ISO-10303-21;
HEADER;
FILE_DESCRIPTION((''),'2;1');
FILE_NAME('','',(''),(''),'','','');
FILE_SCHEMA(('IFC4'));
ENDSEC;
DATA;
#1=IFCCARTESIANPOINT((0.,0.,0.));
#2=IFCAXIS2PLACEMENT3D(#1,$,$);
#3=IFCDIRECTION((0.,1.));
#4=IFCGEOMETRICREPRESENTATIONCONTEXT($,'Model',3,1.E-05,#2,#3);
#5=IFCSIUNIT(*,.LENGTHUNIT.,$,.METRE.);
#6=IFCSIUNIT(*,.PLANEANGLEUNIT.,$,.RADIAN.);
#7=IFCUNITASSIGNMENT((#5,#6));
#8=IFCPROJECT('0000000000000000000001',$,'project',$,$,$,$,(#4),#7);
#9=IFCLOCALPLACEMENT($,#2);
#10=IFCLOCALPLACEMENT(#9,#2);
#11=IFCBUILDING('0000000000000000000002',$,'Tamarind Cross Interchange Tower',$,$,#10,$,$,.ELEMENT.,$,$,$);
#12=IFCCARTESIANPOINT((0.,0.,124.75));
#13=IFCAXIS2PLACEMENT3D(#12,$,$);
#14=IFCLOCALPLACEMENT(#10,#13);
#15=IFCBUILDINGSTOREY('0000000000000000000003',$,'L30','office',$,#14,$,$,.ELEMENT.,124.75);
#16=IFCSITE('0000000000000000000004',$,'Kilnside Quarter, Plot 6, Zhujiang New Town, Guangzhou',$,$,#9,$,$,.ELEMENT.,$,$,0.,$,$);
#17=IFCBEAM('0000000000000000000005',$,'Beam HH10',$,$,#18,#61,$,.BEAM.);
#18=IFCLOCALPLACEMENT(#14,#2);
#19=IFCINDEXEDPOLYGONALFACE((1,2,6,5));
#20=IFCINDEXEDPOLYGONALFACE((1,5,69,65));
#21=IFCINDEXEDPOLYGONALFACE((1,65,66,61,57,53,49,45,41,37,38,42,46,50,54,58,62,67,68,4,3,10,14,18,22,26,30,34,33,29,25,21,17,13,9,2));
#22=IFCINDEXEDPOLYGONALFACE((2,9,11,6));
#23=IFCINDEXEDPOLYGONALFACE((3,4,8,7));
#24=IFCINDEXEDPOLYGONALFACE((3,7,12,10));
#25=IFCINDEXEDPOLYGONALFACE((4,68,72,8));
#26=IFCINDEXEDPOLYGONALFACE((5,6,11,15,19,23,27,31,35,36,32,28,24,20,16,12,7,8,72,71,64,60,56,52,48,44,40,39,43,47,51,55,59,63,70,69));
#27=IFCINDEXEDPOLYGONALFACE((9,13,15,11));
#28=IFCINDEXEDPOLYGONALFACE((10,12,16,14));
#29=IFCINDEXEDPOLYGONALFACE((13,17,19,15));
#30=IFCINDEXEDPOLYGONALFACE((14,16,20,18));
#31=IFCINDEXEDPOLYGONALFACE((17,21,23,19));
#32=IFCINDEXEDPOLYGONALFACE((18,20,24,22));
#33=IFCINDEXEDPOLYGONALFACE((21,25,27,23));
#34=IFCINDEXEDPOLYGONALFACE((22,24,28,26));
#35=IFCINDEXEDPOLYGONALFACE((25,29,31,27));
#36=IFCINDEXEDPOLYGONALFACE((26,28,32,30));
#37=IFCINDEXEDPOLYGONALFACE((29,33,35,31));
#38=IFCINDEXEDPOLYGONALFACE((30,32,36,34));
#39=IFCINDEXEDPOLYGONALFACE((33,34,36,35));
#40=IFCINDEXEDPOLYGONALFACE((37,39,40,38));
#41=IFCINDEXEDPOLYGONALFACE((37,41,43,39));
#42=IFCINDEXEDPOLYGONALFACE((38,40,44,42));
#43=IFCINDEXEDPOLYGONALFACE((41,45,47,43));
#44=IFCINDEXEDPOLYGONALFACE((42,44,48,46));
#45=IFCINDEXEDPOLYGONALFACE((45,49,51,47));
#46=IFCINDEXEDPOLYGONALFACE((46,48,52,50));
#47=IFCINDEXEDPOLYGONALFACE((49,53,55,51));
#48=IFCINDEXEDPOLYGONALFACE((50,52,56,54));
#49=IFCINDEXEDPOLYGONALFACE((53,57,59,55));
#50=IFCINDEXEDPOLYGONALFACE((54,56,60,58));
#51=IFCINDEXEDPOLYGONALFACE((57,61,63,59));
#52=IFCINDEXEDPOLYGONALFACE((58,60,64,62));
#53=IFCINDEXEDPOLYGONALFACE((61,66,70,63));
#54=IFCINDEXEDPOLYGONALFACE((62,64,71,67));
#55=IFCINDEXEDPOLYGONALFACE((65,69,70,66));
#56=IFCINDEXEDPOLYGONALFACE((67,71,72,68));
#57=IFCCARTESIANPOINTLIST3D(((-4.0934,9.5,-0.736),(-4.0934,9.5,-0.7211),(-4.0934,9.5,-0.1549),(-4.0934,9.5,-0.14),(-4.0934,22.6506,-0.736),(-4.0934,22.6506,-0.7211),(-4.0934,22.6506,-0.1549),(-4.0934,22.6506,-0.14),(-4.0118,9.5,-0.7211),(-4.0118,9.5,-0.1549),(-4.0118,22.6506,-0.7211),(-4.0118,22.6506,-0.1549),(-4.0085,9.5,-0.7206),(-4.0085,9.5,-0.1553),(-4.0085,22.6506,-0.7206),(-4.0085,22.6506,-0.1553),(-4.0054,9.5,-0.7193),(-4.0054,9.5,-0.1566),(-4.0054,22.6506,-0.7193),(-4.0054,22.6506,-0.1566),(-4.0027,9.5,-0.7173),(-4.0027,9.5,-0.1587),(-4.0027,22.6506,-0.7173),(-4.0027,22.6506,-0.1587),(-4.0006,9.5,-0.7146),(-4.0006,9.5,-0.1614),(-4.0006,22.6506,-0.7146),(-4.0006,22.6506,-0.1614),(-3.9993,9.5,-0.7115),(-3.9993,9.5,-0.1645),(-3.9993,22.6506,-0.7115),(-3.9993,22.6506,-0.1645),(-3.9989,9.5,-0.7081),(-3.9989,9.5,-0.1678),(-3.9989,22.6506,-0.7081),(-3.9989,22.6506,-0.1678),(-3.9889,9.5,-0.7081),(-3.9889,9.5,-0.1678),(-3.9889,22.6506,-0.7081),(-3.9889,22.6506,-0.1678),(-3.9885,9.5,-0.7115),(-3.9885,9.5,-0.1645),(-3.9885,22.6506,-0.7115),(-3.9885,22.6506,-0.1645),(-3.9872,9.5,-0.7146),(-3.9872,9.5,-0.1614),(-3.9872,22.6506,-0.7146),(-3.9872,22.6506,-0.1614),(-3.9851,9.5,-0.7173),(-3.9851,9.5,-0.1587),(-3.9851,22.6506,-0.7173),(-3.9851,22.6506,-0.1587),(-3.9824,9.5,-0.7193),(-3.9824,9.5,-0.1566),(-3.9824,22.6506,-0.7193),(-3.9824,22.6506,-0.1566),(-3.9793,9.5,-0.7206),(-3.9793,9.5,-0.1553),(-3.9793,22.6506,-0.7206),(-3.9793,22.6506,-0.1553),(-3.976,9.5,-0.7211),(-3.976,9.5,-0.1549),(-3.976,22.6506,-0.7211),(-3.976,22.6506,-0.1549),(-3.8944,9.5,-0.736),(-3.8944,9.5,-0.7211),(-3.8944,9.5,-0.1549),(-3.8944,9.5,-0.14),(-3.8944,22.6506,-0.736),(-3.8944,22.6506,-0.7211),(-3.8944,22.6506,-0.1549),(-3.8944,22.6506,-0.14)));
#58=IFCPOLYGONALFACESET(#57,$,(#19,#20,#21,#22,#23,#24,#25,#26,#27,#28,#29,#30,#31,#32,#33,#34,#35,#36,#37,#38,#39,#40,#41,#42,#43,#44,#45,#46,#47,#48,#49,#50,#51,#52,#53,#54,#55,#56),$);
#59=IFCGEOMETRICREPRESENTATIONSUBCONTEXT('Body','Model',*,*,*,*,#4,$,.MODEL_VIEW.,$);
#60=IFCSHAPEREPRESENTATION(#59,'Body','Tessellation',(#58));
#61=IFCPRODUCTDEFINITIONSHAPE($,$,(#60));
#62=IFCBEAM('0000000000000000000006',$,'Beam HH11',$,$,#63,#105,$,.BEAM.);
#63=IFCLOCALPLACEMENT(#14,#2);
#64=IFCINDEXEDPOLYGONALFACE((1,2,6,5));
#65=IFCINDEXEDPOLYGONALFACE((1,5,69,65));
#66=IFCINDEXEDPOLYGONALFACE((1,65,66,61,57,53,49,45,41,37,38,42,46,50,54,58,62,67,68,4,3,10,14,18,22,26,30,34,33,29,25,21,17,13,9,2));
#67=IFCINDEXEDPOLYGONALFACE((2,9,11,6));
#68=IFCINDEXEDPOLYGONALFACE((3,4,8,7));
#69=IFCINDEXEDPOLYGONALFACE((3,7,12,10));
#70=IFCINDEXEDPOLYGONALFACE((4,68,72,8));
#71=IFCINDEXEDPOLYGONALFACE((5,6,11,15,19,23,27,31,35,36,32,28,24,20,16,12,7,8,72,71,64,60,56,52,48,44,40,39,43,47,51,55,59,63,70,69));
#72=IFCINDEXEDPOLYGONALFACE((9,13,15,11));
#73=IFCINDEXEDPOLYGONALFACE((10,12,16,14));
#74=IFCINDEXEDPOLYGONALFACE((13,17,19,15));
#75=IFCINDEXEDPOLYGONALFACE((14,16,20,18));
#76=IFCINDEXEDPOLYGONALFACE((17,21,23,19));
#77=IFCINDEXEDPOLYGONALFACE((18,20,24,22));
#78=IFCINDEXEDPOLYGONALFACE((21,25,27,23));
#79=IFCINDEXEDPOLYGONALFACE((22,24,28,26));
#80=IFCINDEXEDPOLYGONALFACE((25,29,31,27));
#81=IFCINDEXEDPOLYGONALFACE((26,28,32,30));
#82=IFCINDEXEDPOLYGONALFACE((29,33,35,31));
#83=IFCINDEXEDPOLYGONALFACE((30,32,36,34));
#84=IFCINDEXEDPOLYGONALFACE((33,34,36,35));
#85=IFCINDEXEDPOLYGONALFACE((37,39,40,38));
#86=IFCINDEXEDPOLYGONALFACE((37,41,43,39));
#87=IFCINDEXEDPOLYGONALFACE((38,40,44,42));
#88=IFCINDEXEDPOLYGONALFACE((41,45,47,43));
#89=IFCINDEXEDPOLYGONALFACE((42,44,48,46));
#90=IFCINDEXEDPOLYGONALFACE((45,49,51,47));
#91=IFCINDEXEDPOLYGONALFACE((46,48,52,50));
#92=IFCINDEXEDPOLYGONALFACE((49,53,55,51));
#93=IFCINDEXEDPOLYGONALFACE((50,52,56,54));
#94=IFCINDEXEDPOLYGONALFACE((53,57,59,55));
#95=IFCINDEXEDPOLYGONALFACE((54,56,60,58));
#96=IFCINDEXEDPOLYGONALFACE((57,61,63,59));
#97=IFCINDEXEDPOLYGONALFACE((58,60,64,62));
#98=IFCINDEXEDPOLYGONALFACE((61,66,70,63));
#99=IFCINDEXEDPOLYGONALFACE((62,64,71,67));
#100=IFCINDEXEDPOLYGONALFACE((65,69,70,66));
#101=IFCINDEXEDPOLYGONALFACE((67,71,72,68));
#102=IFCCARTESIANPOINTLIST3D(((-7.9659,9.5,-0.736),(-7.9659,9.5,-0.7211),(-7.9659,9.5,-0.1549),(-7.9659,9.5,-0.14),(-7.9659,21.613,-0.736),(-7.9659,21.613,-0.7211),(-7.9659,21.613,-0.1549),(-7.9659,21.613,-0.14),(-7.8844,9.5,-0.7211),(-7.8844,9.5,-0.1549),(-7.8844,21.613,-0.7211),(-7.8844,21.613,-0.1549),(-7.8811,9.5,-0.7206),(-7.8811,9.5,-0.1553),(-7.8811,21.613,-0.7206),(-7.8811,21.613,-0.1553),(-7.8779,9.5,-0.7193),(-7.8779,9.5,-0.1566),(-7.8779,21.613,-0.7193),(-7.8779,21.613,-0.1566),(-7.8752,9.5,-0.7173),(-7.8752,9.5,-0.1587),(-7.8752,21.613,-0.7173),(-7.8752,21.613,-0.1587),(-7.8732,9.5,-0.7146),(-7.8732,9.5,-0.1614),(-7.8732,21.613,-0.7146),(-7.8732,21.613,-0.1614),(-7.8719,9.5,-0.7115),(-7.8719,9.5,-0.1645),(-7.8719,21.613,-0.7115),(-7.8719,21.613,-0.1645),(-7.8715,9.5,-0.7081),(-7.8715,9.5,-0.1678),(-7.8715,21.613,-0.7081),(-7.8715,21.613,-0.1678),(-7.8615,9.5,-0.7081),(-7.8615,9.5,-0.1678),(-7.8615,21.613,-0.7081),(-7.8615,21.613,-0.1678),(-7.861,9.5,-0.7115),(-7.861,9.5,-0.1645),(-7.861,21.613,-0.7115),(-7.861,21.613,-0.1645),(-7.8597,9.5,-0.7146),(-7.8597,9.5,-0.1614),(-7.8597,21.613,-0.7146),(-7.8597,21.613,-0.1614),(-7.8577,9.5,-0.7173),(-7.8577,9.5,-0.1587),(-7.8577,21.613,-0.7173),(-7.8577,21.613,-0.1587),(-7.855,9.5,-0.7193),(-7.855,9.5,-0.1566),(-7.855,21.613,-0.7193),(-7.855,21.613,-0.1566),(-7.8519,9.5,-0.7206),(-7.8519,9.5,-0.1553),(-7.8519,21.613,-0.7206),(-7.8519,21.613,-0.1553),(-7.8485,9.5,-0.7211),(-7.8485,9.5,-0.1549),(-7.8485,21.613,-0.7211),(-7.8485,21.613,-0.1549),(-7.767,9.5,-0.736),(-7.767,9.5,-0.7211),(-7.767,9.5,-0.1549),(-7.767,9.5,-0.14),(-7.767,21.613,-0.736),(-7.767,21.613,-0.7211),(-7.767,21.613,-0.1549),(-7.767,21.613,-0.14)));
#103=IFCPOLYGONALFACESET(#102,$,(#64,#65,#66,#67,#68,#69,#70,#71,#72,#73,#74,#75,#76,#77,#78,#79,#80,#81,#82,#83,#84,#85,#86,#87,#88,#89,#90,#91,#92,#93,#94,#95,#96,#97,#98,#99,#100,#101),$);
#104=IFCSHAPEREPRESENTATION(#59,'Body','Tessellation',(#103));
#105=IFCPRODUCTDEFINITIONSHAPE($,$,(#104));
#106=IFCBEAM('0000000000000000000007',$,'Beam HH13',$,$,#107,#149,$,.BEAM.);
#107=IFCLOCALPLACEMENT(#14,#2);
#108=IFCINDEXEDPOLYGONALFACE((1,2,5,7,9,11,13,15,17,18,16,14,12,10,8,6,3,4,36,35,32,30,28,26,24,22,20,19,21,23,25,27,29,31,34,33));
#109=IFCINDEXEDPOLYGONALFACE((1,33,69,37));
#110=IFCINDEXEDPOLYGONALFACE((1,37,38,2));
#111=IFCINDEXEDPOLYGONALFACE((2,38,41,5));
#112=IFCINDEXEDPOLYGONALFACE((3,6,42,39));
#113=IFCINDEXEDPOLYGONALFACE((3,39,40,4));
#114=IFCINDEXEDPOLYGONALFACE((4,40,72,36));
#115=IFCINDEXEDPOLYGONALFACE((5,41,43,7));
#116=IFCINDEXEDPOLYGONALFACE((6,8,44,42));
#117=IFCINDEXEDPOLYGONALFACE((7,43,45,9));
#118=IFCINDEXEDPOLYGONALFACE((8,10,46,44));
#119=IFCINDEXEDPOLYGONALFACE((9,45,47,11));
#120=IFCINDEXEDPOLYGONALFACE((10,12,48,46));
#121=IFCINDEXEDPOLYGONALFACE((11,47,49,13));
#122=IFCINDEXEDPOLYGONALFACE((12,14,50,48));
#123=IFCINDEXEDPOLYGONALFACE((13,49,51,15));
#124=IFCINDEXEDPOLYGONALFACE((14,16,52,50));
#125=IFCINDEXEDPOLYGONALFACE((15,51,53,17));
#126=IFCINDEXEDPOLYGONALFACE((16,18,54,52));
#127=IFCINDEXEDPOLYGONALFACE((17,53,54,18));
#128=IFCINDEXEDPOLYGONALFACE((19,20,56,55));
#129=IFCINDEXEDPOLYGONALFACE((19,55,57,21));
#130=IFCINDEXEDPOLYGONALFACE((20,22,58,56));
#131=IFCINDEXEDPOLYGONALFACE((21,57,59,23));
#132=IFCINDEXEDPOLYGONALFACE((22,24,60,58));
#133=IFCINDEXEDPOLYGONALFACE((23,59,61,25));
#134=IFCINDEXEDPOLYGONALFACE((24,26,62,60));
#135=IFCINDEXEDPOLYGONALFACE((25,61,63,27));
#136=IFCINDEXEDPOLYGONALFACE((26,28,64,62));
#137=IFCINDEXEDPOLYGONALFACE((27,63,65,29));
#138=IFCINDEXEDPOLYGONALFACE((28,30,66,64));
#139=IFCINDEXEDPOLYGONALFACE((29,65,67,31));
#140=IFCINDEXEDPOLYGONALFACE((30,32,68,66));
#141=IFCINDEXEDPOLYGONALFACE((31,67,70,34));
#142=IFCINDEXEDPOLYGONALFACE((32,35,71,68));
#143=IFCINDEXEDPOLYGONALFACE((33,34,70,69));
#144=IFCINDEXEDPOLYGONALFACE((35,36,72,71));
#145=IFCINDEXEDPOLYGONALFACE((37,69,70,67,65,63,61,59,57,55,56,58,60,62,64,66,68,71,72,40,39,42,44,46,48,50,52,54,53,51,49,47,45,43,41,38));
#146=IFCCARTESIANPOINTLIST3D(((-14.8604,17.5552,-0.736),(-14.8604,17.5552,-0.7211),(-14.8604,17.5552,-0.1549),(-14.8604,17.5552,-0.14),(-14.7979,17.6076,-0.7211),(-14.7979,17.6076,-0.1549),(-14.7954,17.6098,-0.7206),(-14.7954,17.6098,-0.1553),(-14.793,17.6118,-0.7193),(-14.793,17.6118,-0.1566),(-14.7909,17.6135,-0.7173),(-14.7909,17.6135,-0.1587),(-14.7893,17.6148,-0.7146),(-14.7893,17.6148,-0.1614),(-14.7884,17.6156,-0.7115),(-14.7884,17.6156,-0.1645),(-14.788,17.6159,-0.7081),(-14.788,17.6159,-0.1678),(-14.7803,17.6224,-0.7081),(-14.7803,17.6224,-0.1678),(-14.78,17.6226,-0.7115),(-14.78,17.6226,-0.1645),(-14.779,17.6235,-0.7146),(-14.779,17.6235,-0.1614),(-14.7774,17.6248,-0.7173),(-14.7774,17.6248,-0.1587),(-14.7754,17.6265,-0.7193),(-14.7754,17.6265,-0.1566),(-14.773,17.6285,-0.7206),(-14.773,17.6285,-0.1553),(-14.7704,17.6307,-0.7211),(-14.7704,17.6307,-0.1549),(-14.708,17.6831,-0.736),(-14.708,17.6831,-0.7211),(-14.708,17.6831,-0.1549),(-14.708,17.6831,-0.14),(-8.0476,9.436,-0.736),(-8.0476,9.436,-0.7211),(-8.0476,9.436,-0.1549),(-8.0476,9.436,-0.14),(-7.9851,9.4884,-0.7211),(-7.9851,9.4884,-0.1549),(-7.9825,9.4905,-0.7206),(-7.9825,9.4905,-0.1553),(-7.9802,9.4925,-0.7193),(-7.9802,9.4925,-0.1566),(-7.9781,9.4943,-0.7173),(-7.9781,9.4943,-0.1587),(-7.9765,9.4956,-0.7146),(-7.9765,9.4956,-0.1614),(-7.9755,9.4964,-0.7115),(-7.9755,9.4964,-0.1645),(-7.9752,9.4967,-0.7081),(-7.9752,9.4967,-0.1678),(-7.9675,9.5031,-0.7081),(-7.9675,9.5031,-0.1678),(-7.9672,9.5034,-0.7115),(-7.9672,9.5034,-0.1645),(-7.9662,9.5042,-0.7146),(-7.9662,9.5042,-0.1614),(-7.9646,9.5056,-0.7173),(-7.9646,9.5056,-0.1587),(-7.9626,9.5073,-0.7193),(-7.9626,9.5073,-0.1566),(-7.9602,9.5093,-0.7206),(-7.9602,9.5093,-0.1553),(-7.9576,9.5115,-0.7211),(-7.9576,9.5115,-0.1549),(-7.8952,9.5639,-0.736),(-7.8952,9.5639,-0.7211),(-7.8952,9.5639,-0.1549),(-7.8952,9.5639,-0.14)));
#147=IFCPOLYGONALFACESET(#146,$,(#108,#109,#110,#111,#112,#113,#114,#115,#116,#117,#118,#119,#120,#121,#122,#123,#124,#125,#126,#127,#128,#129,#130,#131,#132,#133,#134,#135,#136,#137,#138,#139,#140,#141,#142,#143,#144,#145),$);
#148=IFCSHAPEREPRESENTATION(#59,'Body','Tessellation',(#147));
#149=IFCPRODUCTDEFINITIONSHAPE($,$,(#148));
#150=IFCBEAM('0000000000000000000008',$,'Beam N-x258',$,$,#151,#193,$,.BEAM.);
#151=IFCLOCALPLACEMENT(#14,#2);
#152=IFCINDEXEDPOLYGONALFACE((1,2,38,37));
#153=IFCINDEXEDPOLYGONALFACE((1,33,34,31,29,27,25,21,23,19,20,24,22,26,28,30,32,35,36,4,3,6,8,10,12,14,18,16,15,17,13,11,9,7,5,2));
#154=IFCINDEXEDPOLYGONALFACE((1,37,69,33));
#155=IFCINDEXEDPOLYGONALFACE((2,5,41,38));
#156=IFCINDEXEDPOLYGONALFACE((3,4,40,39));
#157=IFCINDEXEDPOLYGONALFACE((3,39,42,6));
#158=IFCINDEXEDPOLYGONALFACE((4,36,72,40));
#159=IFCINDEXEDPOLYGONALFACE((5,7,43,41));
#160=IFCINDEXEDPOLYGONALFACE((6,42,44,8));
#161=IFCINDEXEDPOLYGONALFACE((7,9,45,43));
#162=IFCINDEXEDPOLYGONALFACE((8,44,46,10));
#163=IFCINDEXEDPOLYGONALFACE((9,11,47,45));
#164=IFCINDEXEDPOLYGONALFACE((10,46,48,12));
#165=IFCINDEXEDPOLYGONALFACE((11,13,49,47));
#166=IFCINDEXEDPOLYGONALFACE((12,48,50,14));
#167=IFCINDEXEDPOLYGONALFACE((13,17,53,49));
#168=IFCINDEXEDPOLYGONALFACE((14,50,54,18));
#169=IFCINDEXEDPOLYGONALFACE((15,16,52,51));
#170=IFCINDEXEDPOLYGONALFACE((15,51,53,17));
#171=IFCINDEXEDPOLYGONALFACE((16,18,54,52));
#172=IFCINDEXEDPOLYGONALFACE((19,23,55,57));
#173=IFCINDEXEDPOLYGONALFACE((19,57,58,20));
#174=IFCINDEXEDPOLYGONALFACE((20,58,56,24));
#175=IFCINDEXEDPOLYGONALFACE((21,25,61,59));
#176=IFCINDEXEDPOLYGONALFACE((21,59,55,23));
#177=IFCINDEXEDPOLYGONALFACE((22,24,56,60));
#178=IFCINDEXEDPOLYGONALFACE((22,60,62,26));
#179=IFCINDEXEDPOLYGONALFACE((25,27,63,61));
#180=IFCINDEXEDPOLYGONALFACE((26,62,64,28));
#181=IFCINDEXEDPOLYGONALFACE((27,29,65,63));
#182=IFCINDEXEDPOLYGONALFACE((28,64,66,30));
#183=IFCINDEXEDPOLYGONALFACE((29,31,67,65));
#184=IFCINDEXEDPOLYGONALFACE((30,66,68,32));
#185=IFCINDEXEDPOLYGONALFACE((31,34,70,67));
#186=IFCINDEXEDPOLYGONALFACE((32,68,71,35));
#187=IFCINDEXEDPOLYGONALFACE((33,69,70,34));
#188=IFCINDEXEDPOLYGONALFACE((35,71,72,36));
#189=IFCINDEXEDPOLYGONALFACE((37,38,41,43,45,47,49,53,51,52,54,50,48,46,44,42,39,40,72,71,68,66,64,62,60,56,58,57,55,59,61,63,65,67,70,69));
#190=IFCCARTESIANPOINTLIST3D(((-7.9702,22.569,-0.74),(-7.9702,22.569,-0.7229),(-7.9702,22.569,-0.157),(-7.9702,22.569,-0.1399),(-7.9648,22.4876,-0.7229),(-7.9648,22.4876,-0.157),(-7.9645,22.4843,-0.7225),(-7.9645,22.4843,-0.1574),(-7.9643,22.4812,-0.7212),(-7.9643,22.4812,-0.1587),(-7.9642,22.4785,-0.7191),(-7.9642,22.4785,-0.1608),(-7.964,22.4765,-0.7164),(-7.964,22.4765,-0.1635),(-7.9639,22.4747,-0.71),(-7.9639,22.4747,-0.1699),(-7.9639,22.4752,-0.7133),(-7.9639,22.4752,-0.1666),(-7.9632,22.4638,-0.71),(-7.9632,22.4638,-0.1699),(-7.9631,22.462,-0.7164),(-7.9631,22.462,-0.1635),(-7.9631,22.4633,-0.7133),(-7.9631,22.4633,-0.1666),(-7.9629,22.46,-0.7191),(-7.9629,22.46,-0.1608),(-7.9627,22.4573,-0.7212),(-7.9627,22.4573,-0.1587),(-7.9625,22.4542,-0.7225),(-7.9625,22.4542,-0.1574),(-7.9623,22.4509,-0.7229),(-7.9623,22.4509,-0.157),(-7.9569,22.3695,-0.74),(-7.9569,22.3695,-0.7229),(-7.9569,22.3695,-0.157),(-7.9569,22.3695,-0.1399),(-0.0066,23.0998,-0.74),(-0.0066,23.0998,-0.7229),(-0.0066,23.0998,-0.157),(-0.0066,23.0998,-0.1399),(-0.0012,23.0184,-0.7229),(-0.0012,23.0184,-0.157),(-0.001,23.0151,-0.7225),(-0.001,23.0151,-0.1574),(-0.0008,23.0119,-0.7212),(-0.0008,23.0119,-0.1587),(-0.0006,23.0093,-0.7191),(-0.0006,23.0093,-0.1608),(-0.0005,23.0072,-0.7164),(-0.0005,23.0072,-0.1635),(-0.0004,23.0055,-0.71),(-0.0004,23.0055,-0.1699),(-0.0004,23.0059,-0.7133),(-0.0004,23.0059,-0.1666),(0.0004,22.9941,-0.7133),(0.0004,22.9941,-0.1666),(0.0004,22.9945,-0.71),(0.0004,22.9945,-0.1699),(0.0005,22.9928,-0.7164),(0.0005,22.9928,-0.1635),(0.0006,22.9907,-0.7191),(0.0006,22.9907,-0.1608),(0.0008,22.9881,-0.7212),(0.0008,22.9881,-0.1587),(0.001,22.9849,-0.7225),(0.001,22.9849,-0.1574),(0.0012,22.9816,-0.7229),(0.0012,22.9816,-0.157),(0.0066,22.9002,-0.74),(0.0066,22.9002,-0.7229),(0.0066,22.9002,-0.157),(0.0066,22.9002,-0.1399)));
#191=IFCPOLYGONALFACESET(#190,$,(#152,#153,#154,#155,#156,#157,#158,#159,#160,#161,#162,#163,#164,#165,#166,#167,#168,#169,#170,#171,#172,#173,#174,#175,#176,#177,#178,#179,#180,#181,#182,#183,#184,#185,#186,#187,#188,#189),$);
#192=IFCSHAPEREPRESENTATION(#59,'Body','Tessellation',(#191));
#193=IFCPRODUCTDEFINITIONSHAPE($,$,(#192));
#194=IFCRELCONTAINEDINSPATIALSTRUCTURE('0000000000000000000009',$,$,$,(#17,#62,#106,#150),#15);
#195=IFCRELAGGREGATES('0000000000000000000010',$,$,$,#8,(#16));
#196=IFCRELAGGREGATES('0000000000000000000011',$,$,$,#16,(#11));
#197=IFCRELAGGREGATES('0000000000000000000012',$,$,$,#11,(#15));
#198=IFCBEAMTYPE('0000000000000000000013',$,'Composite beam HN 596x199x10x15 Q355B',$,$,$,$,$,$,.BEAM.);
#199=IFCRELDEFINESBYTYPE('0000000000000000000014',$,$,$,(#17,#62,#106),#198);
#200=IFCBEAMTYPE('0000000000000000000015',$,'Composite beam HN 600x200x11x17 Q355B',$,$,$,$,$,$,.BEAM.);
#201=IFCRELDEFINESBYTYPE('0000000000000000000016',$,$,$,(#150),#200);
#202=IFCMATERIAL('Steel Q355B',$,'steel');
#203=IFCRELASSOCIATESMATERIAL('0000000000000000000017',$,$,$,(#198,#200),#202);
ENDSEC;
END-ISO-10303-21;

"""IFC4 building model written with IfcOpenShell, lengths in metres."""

from ifc_helpers import new_model, si_unit, direction, frame, origin, origin_2d, place, context, subcontext, project, spatial, i_section, extrude, material, material_profile, profile_set, type_object, element, save


model = new_model("IFC4")

# Units and contexts
model_context = context("Model", 3, precision=1e-05, world=origin(), true_north=direction((0.0, 1.0)))
body_context = subcontext(model_context, "Body", "Model", "MODEL_VIEW")
ifc_project = project(units=[si_unit("LENGTHUNIT", "METRE"), si_unit("PLANEANGLEUNIT", "RADIAN")], contexts=[model_context])

# Site, building, storey
site_placement = place(None, origin())
site = spatial("IfcSite", under=ifc_project, at=site_placement, Name="Kilnside Quarter, Plot 6, Zhujiang New Town, Guangzhou", CompositionType="ELEMENT", RefElevation=0.0)
building_placement = place(site_placement, origin())
building = spatial("IfcBuilding", under=site, at=building_placement, Name="Tamarind Cross Interchange Tower", CompositionType="ELEMENT")
storey_placement = place(building_placement, frame((0.0, 0.0, 124.75)))
storey = spatial("IfcBuildingStorey", under=building, at=storey_placement, Name="L30", Description="office", CompositionType="ELEMENT", Elevation=124.75)

# Beams
ifc_material_1 = material(Name="Steel Q355B", Category="steel")
ifc_material_profile_1 = material_profile(ifc_material_1, i_section(OverallWidth=0.199, OverallDepth=0.5959, WebThickness=0.01, FlangeThickness=0.0149, FilletRadius=0.0129, at=origin_2d()), Name="HN 596x199x10x15")
ifc_profile_set_1 = profile_set([ifc_material_profile_1], Name="Steel Q355B")
beam_type_1 = type_object("IfcBeamType", Name="Composite beam HN 596x199x10x15 Q355B", PredefinedType="BEAM", material=ifc_profile_set_1)
beam_1_placement = place(storey_placement, frame((-3.9939, 22.6506, -0.438), z_axis=(0.0, -1.0, 0.0), x_axis=(1.0, 0.0, 0.0)))
element("IfcBeam", 1, at=beam_1_placement, inside=storey, type_object=beam_type_1, Name="Beam HH10", PredefinedType="BEAM", context=body_context, shape_type="SweptSolid", body=[
    extrude(i_section(OverallWidth=0.199, OverallDepth=0.5959, WebThickness=0.01, FlangeThickness=0.0149, FilletRadius=0.0129, at=origin_2d()), origin(), (0.0, 0.0, 1.0), 13.1506),
])
beam_2_placement = place(storey_placement, frame((-7.8665, 21.613, -0.438), z_axis=(0.0, -1.0, 0.0), x_axis=(1.0, 0.0, 0.0)))
element("IfcBeam", 2, at=beam_2_placement, inside=storey, type_object=beam_type_1, Name="Beam HH11", PredefinedType="BEAM", context=body_context, shape_type="SweptSolid", body=[
    extrude(i_section(OverallWidth=0.199, OverallDepth=0.5959, WebThickness=0.01, FlangeThickness=0.0149, FilletRadius=0.0129, at=origin_2d()), origin(), (0.0, 0.0, 1.0), 12.113),
])
beam_3_placement = place(storey_placement, frame((-14.7842, 17.6191, -0.438), z_axis=(0.642786, -0.766046, 0.0), x_axis=(0.766046, 0.642786, 0.0)))
element("IfcBeam", 3, at=beam_3_placement, inside=storey, type_object=beam_type_1, Name="Beam HH13", PredefinedType="BEAM", context=body_context, shape_type="SweptSolid", body=[
    extrude(i_section(OverallWidth=0.199, OverallDepth=0.5959, WebThickness=0.01, FlangeThickness=0.0149, FilletRadius=0.0129, at=origin_2d()), origin(), (0.0, 0.0, 1.0), 10.5989),
])
ifc_material_profile_2 = material_profile(ifc_material_1, i_section(OverallWidth=0.2, OverallDepth=0.6001, WebThickness=0.011, FlangeThickness=0.0171, FilletRadius=0.0129, at=origin_2d()), Name="HN 600x200x11x17")
ifc_profile_set_2 = profile_set([ifc_material_profile_2], Name="Steel Q355B")
beam_type_2 = type_object("IfcBeamType", Name="Composite beam HN 600x200x11x17 Q355B", PredefinedType="BEAM", material=ifc_profile_set_2)
beam_4_placement = place(storey_placement, frame((0.0, 23.0, -0.4399), z_axis=(-0.997786, -0.066501, 0.0), x_axis=(0.066501, -0.997786, 0.0)))
element("IfcBeam", 4, at=beam_4_placement, inside=storey, type_object=beam_type_2, Name="Beam N-x258", PredefinedType="BEAM", context=body_context, shape_type="SweptSolid", body=[
    extrude(i_section(OverallWidth=0.2, OverallDepth=0.6001, WebThickness=0.011, FlangeThickness=0.0171, FilletRadius=0.0129, at=origin_2d()), origin(), (0.0, 0.0, 1.0), 7.9812),
])

save(model, "model.ifc")
